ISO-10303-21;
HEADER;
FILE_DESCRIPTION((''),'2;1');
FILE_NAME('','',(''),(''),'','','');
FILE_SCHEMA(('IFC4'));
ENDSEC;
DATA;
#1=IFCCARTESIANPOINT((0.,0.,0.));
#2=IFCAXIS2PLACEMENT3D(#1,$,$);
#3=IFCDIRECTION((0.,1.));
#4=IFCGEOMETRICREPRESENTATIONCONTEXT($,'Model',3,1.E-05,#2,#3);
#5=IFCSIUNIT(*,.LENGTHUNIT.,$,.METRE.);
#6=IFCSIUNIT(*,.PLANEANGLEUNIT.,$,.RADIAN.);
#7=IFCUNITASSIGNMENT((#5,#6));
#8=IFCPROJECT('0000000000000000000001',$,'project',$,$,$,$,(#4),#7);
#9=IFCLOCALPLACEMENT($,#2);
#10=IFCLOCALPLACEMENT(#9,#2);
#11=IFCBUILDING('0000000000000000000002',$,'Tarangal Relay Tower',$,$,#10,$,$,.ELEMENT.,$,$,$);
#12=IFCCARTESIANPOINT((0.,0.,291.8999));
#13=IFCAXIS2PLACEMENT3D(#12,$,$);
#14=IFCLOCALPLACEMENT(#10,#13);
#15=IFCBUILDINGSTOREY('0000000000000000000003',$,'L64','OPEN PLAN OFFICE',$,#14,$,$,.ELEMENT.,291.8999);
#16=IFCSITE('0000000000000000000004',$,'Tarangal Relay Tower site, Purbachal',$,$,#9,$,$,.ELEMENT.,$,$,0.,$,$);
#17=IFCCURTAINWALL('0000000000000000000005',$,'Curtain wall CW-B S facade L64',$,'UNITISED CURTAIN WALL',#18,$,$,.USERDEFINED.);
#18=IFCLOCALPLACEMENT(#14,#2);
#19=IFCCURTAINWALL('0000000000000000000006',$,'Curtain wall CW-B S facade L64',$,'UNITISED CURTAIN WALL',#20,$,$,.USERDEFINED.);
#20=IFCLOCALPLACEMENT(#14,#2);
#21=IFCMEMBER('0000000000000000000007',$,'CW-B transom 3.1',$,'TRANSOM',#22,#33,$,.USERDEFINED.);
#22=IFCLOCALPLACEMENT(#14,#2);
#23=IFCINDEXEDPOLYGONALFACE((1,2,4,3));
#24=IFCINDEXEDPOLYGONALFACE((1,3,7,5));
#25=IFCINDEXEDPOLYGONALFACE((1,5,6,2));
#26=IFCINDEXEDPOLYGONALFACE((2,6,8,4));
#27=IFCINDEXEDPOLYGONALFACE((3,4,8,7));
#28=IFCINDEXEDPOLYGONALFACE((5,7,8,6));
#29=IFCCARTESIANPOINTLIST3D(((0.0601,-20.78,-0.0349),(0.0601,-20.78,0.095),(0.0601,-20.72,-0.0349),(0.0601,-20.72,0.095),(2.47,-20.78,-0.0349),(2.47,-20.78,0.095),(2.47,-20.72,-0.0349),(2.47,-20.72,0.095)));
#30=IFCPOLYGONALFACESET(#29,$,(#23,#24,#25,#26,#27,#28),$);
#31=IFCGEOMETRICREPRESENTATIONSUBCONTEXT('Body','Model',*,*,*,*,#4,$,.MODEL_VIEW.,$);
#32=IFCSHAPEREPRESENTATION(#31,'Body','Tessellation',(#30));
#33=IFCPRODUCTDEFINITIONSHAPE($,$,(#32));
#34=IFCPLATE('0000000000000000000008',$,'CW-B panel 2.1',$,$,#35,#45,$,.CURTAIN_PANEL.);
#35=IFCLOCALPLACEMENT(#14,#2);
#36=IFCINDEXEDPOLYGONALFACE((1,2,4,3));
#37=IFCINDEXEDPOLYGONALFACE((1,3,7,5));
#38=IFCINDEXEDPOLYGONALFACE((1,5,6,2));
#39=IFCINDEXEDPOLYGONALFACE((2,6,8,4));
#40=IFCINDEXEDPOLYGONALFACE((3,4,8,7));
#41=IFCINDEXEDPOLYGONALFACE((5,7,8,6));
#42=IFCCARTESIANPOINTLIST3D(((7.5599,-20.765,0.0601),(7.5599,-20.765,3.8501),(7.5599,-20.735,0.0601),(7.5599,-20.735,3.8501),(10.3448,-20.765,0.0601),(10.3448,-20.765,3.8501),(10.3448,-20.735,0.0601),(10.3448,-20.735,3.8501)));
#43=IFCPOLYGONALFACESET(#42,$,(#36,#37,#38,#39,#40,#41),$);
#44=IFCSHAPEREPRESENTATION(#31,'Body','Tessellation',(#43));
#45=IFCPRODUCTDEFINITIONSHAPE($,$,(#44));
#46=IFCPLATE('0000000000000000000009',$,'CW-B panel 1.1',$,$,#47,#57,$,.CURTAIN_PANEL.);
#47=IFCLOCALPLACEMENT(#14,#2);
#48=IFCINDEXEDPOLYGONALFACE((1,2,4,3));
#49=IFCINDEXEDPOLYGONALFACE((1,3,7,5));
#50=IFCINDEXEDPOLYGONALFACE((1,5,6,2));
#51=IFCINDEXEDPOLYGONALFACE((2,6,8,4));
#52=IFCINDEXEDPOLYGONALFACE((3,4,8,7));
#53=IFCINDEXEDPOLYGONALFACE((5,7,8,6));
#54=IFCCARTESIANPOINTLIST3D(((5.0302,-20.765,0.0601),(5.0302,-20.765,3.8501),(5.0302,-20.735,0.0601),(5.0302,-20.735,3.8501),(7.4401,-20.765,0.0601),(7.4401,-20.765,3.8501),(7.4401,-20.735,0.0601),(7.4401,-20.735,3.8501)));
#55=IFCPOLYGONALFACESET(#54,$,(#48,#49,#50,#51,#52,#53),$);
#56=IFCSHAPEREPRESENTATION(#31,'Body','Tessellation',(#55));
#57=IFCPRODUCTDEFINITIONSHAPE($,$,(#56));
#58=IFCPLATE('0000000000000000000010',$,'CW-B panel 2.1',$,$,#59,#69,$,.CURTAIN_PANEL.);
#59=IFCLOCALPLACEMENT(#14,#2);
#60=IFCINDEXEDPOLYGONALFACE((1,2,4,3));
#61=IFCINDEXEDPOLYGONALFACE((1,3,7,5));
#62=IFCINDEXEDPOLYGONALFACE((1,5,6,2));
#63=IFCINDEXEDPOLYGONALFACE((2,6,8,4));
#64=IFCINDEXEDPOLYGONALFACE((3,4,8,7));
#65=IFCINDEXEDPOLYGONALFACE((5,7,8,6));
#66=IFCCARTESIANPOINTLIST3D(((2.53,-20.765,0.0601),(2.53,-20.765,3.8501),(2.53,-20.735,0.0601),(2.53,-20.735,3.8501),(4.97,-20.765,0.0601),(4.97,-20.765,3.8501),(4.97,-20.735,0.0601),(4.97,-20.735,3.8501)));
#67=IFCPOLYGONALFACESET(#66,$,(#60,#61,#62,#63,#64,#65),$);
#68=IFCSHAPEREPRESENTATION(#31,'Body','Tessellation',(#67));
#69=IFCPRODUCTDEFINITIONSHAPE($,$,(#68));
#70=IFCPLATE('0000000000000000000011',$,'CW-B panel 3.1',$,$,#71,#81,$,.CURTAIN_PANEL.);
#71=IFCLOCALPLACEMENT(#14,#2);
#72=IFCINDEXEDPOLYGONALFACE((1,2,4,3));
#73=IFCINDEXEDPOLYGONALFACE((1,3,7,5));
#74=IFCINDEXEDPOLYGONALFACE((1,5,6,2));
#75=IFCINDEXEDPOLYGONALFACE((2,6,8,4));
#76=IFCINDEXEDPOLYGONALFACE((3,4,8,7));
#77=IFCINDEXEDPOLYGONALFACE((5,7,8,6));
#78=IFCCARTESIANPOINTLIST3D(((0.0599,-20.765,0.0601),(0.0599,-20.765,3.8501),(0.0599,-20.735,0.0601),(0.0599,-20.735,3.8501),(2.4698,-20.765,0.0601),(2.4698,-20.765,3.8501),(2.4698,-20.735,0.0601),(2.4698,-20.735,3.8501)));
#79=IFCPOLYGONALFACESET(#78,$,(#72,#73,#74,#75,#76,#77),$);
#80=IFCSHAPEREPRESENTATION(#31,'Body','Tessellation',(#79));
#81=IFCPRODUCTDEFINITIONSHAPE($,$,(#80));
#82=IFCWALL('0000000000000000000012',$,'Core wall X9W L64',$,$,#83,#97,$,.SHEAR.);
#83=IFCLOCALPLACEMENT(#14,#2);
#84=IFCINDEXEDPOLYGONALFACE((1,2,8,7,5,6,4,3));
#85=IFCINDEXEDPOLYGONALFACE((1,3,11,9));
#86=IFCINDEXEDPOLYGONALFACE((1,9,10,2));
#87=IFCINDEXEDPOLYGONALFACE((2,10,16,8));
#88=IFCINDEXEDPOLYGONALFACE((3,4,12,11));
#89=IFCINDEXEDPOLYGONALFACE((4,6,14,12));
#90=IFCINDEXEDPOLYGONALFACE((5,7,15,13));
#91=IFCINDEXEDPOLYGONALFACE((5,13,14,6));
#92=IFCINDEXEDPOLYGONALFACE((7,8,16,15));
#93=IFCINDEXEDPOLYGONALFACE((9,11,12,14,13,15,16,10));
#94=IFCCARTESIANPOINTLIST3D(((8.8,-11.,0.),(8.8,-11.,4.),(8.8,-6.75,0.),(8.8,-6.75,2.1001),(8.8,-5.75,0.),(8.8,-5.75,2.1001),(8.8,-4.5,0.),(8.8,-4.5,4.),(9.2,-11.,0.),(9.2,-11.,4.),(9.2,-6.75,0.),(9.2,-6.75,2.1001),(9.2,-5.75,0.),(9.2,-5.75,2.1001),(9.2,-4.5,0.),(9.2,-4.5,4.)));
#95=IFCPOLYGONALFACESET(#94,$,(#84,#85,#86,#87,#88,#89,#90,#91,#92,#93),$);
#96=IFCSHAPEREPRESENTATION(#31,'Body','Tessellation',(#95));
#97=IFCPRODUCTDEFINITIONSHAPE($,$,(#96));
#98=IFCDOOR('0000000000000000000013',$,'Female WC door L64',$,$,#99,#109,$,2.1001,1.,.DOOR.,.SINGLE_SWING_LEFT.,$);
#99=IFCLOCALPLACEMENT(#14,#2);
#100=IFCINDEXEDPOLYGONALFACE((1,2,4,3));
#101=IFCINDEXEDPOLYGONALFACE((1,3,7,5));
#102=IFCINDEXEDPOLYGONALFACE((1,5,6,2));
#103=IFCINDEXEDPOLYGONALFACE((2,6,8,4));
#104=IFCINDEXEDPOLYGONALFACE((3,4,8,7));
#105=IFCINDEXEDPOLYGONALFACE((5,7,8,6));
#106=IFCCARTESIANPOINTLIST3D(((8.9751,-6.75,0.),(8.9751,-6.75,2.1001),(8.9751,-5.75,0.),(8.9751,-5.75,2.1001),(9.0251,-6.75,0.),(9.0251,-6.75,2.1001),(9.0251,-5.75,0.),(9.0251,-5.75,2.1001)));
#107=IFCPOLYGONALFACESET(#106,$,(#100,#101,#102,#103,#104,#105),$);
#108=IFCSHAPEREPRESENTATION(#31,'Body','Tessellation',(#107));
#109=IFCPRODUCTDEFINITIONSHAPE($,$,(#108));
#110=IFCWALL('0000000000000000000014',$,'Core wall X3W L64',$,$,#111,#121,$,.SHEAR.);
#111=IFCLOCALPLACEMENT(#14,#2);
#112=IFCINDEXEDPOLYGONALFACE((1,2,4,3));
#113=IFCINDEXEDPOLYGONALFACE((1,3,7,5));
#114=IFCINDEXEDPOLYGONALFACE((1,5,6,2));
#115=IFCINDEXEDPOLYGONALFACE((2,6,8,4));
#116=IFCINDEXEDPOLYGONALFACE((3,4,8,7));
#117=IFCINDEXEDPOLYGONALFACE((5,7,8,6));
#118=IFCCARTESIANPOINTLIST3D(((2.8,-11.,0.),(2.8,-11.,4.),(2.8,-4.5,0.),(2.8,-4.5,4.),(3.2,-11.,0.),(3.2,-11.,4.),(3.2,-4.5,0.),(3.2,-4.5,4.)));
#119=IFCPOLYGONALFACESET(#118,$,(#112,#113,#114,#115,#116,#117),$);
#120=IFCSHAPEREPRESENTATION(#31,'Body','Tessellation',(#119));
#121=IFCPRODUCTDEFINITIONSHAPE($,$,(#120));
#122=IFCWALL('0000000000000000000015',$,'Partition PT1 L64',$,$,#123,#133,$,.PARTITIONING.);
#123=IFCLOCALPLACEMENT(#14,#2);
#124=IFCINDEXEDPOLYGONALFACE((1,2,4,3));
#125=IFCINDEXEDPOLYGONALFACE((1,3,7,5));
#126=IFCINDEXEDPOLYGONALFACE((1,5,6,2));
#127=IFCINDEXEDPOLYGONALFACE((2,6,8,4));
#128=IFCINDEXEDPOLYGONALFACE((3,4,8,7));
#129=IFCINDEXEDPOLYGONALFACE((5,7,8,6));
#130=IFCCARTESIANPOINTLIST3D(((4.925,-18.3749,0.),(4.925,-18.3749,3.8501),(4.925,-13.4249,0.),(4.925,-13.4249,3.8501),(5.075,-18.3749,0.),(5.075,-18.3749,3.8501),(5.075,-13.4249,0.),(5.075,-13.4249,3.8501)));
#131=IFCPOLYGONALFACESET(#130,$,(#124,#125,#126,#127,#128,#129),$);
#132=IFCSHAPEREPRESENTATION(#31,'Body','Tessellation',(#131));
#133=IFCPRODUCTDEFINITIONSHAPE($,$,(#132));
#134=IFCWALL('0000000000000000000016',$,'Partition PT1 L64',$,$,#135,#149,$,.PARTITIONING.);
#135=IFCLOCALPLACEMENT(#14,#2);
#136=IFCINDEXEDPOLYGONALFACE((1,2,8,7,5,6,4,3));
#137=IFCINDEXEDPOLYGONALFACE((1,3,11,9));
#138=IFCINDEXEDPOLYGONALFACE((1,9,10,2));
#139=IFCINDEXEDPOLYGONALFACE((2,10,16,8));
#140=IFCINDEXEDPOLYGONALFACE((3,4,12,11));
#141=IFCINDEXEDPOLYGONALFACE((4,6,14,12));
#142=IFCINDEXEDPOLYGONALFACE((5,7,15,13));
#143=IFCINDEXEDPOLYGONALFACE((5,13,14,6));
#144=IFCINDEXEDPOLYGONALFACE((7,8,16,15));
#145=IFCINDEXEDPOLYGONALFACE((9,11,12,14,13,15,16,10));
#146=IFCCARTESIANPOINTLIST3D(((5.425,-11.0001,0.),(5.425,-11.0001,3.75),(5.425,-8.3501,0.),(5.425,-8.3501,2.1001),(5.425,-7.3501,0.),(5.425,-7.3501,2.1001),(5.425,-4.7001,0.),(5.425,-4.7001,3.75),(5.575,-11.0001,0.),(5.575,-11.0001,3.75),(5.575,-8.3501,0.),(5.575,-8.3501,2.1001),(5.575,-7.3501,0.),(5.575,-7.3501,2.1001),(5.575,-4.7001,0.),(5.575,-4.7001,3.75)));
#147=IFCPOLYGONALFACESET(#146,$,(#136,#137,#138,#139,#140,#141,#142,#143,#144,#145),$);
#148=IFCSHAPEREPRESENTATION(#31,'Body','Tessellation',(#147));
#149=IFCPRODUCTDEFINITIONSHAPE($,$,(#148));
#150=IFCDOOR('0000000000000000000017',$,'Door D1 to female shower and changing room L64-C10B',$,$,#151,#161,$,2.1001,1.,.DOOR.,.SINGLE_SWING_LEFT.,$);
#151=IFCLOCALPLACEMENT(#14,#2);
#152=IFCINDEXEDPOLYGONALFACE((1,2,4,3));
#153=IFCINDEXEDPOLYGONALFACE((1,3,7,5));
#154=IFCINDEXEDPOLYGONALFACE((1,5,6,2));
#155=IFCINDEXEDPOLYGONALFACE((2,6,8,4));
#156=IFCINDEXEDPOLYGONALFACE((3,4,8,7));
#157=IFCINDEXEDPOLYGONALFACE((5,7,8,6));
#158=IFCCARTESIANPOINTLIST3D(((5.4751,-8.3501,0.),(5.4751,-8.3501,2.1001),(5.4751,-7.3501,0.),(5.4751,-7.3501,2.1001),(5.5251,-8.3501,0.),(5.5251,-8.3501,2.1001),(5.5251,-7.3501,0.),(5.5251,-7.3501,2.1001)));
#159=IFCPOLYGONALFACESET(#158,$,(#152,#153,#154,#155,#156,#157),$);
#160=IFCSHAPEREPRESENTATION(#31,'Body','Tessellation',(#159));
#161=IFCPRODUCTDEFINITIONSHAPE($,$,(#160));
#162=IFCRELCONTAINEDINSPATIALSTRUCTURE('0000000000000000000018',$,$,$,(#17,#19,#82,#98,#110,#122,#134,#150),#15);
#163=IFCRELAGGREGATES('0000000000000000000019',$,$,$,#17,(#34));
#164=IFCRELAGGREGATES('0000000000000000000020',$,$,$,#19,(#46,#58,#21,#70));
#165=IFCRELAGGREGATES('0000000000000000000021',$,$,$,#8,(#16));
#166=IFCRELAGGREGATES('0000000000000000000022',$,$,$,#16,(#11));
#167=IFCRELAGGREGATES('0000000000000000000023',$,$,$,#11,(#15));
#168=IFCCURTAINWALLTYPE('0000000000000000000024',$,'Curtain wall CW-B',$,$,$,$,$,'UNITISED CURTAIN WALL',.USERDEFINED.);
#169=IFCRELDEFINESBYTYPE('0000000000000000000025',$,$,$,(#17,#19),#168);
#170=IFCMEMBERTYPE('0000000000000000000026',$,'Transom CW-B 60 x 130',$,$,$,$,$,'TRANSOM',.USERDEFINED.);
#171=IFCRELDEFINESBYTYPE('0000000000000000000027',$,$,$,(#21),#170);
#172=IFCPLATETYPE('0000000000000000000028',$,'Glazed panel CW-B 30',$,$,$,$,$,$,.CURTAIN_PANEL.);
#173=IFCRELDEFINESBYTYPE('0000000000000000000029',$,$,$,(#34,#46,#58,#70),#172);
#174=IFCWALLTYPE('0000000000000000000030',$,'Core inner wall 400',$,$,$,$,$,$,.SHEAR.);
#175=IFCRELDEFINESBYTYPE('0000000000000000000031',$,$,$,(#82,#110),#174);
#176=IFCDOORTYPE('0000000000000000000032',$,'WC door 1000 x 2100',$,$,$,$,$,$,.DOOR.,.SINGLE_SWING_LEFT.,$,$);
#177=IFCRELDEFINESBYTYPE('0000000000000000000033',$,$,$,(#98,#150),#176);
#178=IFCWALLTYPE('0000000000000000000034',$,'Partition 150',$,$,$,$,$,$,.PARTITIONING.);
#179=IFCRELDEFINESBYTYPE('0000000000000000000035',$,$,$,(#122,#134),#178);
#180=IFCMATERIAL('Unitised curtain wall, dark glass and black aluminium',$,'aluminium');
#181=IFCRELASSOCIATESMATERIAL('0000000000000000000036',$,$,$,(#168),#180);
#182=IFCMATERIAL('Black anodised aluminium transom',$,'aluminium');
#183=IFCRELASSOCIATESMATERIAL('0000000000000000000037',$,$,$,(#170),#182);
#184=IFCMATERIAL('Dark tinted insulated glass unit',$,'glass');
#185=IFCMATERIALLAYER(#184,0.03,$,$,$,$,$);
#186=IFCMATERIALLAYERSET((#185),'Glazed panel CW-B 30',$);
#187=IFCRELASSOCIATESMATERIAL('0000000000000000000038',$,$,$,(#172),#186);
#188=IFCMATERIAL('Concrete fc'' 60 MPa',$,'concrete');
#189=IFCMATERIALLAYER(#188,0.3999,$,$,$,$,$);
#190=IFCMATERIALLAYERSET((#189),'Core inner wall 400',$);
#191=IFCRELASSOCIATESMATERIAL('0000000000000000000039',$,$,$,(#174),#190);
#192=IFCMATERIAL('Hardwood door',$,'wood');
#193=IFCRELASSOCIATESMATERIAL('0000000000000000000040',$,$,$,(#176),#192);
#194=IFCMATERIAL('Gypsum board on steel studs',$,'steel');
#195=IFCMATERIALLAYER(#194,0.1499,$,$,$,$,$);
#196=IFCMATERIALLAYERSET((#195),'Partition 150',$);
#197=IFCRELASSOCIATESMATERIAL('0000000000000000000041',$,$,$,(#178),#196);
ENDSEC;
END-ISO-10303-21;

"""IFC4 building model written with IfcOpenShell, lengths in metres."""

from ifc_helpers import new_model, si_unit, direction, frame, frame_2d, origin, origin_2d, place, context, subcontext, project, spatial, rectangle, extrude, material, layer, layer_set, material_profile, profile_set, type_object, element, fill, aggregate, save


model = new_model("IFC4")

# Units and contexts
model_context = context("Model", 3, precision=1e-05, world=origin(), true_north=direction((0.0, 1.0)))
body_context = subcontext(model_context, "Body", "Model", "MODEL_VIEW")
ifc_project = project(units=[si_unit("LENGTHUNIT", "METRE"), si_unit("PLANEANGLEUNIT", "RADIAN")], contexts=[model_context])

# Site, building, storey
site_placement = place(None, origin())
site = spatial("IfcSite", under=ifc_project, at=site_placement, Name="Tarangal Relay Tower site, Purbachal", CompositionType="ELEMENT", RefElevation=0.0)
building_placement = place(site_placement, origin())
building = spatial("IfcBuilding", under=site, at=building_placement, Name="Tarangal Relay Tower", CompositionType="ELEMENT")
storey_placement = place(building_placement, frame((0.0, 0.0, 291.8999)))
storey = spatial("IfcBuildingStorey", under=building, at=storey_placement, Name="L64", Description="OPEN PLAN OFFICE", CompositionType="ELEMENT", Elevation=291.8999)

# Curtain wall
ifc_material_1 = material(Name="Unitised curtain wall, dark glass and black aluminium", Category="aluminium")
curtain_wall_type = type_object("IfcCurtainWallType", Name="Curtain wall CW-B", ElementType="UNITISED CURTAIN WALL", PredefinedType="USERDEFINED", material=ifc_material_1)
curtain_wall_1_placement = place(storey_placement, origin())
curtain_wall_1 = element("IfcCurtainWall", 1, at=curtain_wall_1_placement, inside=storey, type_object=curtain_wall_type, Name="Curtain wall CW-B S facade L64", ObjectType="UNITISED CURTAIN WALL", PredefinedType="USERDEFINED")

# Curtain wall
curtain_wall_2_placement = place(storey_placement, origin())
curtain_wall_2 = element("IfcCurtainWall", 2, at=curtain_wall_2_placement, inside=storey, type_object=curtain_wall_type, Name="Curtain wall CW-B S facade L64", ObjectType="UNITISED CURTAIN WALL", PredefinedType="USERDEFINED")

# Member
ifc_material_2 = material(Name="Black anodised aluminium transom", Category="aluminium")
ifc_material_profile_1 = material_profile(ifc_material_2, rectangle(XDim=0.0601, YDim=0.1299, at=origin_2d()), Name="CW-BT 60X130")
ifc_profile_set_1 = profile_set([ifc_material_profile_1], Name="Black anodised aluminium transom")
member_type_1 = type_object("IfcMemberType", Name="Transom CW-B 60 x 130", ElementType="TRANSOM", PredefinedType="USERDEFINED", material=ifc_profile_set_1)
member_1_placement = place(storey_placement, frame((2.47, -20.75, 0.03), z_axis=(-1.0, 0.0, 0.0), x_axis=(0.0, -1.0, 0.0)))
member_1 = element("IfcMember", 3, at=member_1_placement, type_object=member_type_1, Name="CW-B transom 3.1", ObjectType="TRANSOM", PredefinedType="USERDEFINED", context=body_context, shape_type="SweptSolid", body=[
    extrude(rectangle(XDim=0.0601, YDim=0.1299, at=origin_2d()), origin(), (0.0, 0.0, 1.0), 2.4099),
])

# Plates
ifc_material_3 = material(Name="Dark tinted insulated glass unit", Category="glass")
ifc_layer_1 = layer(ifc_material_3, 0.03)
ifc_layer_set_1 = layer_set([ifc_layer_1], Name="Glazed panel CW-B 30")
plate_type = type_object("IfcPlateType", Name="Glazed panel CW-B 30", PredefinedType="CURTAIN_PANEL", material=ifc_layer_set_1)
plate_1_placement = place(storey_placement, frame((8.9524, -20.75, 0.0601), z_axis=(0.0, 0.0, 1.0), x_axis=(-1.0, 0.0, 0.0)))
plate_1 = element("IfcPlate", 4, at=plate_1_placement, type_object=plate_type, Name="CW-B panel 2.1", PredefinedType="CURTAIN_PANEL", context=body_context, shape_type="SweptSolid", body=[
    extrude(rectangle(XDim=2.7849, YDim=0.03, at=origin_2d()), origin(), (0.0, 0.0, 1.0), 3.79),
])
aggregate(curtain_wall_1, [plate_1])
plate_2_placement = place(storey_placement, frame((6.2351, -20.75, 0.0601), z_axis=(0.0, 0.0, 1.0), x_axis=(-1.0, 0.0, 0.0)))
plate_2 = element("IfcPlate", 5, at=plate_2_placement, type_object=plate_type, Name="CW-B panel 1.1", PredefinedType="CURTAIN_PANEL", context=body_context, shape_type="SweptSolid", body=[
    extrude(rectangle(XDim=2.4099, YDim=0.03, at=origin_2d()), origin(), (0.0, 0.0, 1.0), 3.79),
])
plate_3_placement = place(storey_placement, frame((3.75, -20.75, 0.0601), z_axis=(0.0, 0.0, 1.0), x_axis=(-1.0, 0.0, 0.0)))
plate_3 = element("IfcPlate", 6, at=plate_3_placement, type_object=plate_type, Name="CW-B panel 2.1", PredefinedType="CURTAIN_PANEL", context=body_context, shape_type="SweptSolid", body=[
    extrude(rectangle(XDim=2.4399, YDim=0.03, at=origin_2d()), origin(), (0.0, 0.0, 1.0), 3.79),
])
plate_4_placement = place(storey_placement, frame((1.2649, -20.75, 0.0601), z_axis=(0.0, 0.0, 1.0), x_axis=(-1.0, 0.0, 0.0)))
plate_4 = element("IfcPlate", 7, at=plate_4_placement, type_object=plate_type, Name="CW-B panel 3.1", PredefinedType="CURTAIN_PANEL", context=body_context, shape_type="SweptSolid", body=[
    extrude(rectangle(XDim=2.4099, YDim=0.03, at=origin_2d()), origin(), (0.0, 0.0, 1.0), 3.79),
])
aggregate(curtain_wall_2, [plate_2, plate_3, member_1, plate_4])

# Wall, opening, door
ifc_material_4 = material(Name="Concrete fc' 60 MPa", Category="concrete")
ifc_layer_2 = layer(ifc_material_4, 0.3999)
ifc_layer_set_2 = layer_set([ifc_layer_2], Name="Core inner wall 400")
wall_type_1 = type_object("IfcWallType", Name="Core inner wall 400", PredefinedType="SHEAR", material=ifc_layer_set_2)
wall_1_placement = place(storey_placement, frame((9.0, -11.0, 0.0), z_axis=(0.0, 0.0, 1.0), x_axis=(0.0, 1.0, 0.0)))
wall_1 = element("IfcWall", 8, at=wall_1_placement, inside=storey, type_object=wall_type_1, Name="Core wall X9W L64", PredefinedType="SHEAR", context=body_context, shape_type="SweptSolid", body=[
    extrude(rectangle(XDim=6.5, YDim=0.3999, at=frame_2d((3.25, 0.0))), origin(), (0.0, 0.0, 1.0), 4.0),
])
opening_1_placement = place(wall_1_placement, frame((4.25, 0.0, 0.0)))
opening_1 = element("IfcOpeningElement", 9, at=opening_1_placement, cuts=wall_1, PredefinedType="OPENING", context=body_context, shape_type="SweptSolid", body=[
    extrude(rectangle(XDim=1.0, YDim=2.1001, at=frame_2d((0.5, 1.05))), frame((0.0, 0.21, 0.0), z_axis=(0.0, -1.0, 0.0), x_axis=(1.0, 0.0, 0.0)), (0.0, 0.0, 1.0), 0.4199),
])
ifc_material_5 = material(Name="Hardwood door", Category="wood")
door_type = type_object("IfcDoorType", Name="WC door 1000 x 2100", OperationType="SINGLE_SWING_LEFT", PredefinedType="DOOR", material=ifc_material_5)
door_1_placement = place(opening_1_placement, origin())
door_1 = element("IfcDoor", 10, at=door_1_placement, inside=storey, type_object=door_type, Name="Female WC door L64", OperationType="SINGLE_SWING_LEFT", OverallHeight=2.1001, OverallWidth=1.0, PredefinedType="DOOR", context=body_context, shape_type="SweptSolid", body=[
    extrude(rectangle(XDim=1.0, YDim=2.1001, at=frame_2d((0.5, 1.05))), frame((0.0, 0.0249, 0.0), z_axis=(0.0, -1.0, 0.0), x_axis=(1.0, 0.0, 0.0)), (0.0, 0.0, 1.0), 0.05),
])
fill(opening_1, door_1)

# Walls
wall_2_placement = place(storey_placement, frame((3.0, -11.0, 0.0), z_axis=(0.0, 0.0, 1.0), x_axis=(0.0, 1.0, 0.0)))
element("IfcWall", 11, at=wall_2_placement, inside=storey, type_object=wall_type_1, Name="Core wall X3W L64", PredefinedType="SHEAR", context=body_context, shape_type="SweptSolid", body=[
    extrude(rectangle(XDim=6.5, YDim=0.3999, at=frame_2d((3.25, 0.0))), origin(), (0.0, 0.0, 1.0), 4.0),
])
ifc_material_6 = material(Name="Gypsum board on steel studs", Category="steel")
ifc_layer_3 = layer(ifc_material_6, 0.1499)
ifc_layer_set_3 = layer_set([ifc_layer_3], Name="Partition 150")
wall_type_2 = type_object("IfcWallType", Name="Partition 150", PredefinedType="PARTITIONING", material=ifc_layer_set_3)
wall_3_placement = place(storey_placement, frame((5.0, -18.375, 0.0), z_axis=(0.0, 0.0, 1.0), x_axis=(0.0, 1.0, 0.0)))
element("IfcWall", 12, at=wall_3_placement, inside=storey, type_object=wall_type_2, Name="Partition PT1 L64", PredefinedType="PARTITIONING", context=body_context, shape_type="SweptSolid", body=[
    extrude(rectangle(XDim=4.95, YDim=0.1499, at=frame_2d((2.4751, 0.0))), origin(), (0.0, 0.0, 1.0), 3.8501),
])

# Wall, opening, door
wall_4_placement = place(storey_placement, frame((5.5, -11.0, 0.0), z_axis=(0.0, 0.0, 1.0), x_axis=(0.0, 1.0, 0.0)))
wall_4 = element("IfcWall", 13, at=wall_4_placement, inside=storey, type_object=wall_type_2, Name="Partition PT1 L64", PredefinedType="PARTITIONING", context=body_context, shape_type="SweptSolid", body=[
    extrude(rectangle(XDim=6.3, YDim=0.1499, at=frame_2d((3.1499, 0.0))), origin(), (0.0, 0.0, 1.0), 3.75),
])
opening_2_placement = place(wall_4_placement, frame((2.6499, 0.0, 0.0)))
opening_2 = element("IfcOpeningElement", 14, at=opening_2_placement, cuts=wall_4, PredefinedType="OPENING", context=body_context, shape_type="SweptSolid", body=[
    extrude(rectangle(XDim=1.0, YDim=2.1001, at=frame_2d((0.5, 1.05))), frame((0.0, 0.085, 0.0), z_axis=(0.0, -1.0, 0.0), x_axis=(1.0, 0.0, 0.0)), (0.0, 0.0, 1.0), 0.1699),
])
door_2_placement = place(opening_2_placement, origin())
door_2 = element("IfcDoor", 15, at=door_2_placement, inside=storey, type_object=door_type, Name="Door D1 to female shower and changing room L64-C10B", OperationType="SINGLE_SWING_LEFT", OverallHeight=2.1001, OverallWidth=1.0, PredefinedType="DOOR", context=body_context, shape_type="SweptSolid", body=[
    extrude(rectangle(XDim=1.0, YDim=2.1001, at=frame_2d((0.5, 1.05))), frame((0.0, 0.0249, 0.0), z_axis=(0.0, -1.0, 0.0), x_axis=(1.0, 0.0, 0.0)), (0.0, 0.0, 1.0), 0.05),
])
fill(opening_2, door_2)

save(model, "model.ifc")
